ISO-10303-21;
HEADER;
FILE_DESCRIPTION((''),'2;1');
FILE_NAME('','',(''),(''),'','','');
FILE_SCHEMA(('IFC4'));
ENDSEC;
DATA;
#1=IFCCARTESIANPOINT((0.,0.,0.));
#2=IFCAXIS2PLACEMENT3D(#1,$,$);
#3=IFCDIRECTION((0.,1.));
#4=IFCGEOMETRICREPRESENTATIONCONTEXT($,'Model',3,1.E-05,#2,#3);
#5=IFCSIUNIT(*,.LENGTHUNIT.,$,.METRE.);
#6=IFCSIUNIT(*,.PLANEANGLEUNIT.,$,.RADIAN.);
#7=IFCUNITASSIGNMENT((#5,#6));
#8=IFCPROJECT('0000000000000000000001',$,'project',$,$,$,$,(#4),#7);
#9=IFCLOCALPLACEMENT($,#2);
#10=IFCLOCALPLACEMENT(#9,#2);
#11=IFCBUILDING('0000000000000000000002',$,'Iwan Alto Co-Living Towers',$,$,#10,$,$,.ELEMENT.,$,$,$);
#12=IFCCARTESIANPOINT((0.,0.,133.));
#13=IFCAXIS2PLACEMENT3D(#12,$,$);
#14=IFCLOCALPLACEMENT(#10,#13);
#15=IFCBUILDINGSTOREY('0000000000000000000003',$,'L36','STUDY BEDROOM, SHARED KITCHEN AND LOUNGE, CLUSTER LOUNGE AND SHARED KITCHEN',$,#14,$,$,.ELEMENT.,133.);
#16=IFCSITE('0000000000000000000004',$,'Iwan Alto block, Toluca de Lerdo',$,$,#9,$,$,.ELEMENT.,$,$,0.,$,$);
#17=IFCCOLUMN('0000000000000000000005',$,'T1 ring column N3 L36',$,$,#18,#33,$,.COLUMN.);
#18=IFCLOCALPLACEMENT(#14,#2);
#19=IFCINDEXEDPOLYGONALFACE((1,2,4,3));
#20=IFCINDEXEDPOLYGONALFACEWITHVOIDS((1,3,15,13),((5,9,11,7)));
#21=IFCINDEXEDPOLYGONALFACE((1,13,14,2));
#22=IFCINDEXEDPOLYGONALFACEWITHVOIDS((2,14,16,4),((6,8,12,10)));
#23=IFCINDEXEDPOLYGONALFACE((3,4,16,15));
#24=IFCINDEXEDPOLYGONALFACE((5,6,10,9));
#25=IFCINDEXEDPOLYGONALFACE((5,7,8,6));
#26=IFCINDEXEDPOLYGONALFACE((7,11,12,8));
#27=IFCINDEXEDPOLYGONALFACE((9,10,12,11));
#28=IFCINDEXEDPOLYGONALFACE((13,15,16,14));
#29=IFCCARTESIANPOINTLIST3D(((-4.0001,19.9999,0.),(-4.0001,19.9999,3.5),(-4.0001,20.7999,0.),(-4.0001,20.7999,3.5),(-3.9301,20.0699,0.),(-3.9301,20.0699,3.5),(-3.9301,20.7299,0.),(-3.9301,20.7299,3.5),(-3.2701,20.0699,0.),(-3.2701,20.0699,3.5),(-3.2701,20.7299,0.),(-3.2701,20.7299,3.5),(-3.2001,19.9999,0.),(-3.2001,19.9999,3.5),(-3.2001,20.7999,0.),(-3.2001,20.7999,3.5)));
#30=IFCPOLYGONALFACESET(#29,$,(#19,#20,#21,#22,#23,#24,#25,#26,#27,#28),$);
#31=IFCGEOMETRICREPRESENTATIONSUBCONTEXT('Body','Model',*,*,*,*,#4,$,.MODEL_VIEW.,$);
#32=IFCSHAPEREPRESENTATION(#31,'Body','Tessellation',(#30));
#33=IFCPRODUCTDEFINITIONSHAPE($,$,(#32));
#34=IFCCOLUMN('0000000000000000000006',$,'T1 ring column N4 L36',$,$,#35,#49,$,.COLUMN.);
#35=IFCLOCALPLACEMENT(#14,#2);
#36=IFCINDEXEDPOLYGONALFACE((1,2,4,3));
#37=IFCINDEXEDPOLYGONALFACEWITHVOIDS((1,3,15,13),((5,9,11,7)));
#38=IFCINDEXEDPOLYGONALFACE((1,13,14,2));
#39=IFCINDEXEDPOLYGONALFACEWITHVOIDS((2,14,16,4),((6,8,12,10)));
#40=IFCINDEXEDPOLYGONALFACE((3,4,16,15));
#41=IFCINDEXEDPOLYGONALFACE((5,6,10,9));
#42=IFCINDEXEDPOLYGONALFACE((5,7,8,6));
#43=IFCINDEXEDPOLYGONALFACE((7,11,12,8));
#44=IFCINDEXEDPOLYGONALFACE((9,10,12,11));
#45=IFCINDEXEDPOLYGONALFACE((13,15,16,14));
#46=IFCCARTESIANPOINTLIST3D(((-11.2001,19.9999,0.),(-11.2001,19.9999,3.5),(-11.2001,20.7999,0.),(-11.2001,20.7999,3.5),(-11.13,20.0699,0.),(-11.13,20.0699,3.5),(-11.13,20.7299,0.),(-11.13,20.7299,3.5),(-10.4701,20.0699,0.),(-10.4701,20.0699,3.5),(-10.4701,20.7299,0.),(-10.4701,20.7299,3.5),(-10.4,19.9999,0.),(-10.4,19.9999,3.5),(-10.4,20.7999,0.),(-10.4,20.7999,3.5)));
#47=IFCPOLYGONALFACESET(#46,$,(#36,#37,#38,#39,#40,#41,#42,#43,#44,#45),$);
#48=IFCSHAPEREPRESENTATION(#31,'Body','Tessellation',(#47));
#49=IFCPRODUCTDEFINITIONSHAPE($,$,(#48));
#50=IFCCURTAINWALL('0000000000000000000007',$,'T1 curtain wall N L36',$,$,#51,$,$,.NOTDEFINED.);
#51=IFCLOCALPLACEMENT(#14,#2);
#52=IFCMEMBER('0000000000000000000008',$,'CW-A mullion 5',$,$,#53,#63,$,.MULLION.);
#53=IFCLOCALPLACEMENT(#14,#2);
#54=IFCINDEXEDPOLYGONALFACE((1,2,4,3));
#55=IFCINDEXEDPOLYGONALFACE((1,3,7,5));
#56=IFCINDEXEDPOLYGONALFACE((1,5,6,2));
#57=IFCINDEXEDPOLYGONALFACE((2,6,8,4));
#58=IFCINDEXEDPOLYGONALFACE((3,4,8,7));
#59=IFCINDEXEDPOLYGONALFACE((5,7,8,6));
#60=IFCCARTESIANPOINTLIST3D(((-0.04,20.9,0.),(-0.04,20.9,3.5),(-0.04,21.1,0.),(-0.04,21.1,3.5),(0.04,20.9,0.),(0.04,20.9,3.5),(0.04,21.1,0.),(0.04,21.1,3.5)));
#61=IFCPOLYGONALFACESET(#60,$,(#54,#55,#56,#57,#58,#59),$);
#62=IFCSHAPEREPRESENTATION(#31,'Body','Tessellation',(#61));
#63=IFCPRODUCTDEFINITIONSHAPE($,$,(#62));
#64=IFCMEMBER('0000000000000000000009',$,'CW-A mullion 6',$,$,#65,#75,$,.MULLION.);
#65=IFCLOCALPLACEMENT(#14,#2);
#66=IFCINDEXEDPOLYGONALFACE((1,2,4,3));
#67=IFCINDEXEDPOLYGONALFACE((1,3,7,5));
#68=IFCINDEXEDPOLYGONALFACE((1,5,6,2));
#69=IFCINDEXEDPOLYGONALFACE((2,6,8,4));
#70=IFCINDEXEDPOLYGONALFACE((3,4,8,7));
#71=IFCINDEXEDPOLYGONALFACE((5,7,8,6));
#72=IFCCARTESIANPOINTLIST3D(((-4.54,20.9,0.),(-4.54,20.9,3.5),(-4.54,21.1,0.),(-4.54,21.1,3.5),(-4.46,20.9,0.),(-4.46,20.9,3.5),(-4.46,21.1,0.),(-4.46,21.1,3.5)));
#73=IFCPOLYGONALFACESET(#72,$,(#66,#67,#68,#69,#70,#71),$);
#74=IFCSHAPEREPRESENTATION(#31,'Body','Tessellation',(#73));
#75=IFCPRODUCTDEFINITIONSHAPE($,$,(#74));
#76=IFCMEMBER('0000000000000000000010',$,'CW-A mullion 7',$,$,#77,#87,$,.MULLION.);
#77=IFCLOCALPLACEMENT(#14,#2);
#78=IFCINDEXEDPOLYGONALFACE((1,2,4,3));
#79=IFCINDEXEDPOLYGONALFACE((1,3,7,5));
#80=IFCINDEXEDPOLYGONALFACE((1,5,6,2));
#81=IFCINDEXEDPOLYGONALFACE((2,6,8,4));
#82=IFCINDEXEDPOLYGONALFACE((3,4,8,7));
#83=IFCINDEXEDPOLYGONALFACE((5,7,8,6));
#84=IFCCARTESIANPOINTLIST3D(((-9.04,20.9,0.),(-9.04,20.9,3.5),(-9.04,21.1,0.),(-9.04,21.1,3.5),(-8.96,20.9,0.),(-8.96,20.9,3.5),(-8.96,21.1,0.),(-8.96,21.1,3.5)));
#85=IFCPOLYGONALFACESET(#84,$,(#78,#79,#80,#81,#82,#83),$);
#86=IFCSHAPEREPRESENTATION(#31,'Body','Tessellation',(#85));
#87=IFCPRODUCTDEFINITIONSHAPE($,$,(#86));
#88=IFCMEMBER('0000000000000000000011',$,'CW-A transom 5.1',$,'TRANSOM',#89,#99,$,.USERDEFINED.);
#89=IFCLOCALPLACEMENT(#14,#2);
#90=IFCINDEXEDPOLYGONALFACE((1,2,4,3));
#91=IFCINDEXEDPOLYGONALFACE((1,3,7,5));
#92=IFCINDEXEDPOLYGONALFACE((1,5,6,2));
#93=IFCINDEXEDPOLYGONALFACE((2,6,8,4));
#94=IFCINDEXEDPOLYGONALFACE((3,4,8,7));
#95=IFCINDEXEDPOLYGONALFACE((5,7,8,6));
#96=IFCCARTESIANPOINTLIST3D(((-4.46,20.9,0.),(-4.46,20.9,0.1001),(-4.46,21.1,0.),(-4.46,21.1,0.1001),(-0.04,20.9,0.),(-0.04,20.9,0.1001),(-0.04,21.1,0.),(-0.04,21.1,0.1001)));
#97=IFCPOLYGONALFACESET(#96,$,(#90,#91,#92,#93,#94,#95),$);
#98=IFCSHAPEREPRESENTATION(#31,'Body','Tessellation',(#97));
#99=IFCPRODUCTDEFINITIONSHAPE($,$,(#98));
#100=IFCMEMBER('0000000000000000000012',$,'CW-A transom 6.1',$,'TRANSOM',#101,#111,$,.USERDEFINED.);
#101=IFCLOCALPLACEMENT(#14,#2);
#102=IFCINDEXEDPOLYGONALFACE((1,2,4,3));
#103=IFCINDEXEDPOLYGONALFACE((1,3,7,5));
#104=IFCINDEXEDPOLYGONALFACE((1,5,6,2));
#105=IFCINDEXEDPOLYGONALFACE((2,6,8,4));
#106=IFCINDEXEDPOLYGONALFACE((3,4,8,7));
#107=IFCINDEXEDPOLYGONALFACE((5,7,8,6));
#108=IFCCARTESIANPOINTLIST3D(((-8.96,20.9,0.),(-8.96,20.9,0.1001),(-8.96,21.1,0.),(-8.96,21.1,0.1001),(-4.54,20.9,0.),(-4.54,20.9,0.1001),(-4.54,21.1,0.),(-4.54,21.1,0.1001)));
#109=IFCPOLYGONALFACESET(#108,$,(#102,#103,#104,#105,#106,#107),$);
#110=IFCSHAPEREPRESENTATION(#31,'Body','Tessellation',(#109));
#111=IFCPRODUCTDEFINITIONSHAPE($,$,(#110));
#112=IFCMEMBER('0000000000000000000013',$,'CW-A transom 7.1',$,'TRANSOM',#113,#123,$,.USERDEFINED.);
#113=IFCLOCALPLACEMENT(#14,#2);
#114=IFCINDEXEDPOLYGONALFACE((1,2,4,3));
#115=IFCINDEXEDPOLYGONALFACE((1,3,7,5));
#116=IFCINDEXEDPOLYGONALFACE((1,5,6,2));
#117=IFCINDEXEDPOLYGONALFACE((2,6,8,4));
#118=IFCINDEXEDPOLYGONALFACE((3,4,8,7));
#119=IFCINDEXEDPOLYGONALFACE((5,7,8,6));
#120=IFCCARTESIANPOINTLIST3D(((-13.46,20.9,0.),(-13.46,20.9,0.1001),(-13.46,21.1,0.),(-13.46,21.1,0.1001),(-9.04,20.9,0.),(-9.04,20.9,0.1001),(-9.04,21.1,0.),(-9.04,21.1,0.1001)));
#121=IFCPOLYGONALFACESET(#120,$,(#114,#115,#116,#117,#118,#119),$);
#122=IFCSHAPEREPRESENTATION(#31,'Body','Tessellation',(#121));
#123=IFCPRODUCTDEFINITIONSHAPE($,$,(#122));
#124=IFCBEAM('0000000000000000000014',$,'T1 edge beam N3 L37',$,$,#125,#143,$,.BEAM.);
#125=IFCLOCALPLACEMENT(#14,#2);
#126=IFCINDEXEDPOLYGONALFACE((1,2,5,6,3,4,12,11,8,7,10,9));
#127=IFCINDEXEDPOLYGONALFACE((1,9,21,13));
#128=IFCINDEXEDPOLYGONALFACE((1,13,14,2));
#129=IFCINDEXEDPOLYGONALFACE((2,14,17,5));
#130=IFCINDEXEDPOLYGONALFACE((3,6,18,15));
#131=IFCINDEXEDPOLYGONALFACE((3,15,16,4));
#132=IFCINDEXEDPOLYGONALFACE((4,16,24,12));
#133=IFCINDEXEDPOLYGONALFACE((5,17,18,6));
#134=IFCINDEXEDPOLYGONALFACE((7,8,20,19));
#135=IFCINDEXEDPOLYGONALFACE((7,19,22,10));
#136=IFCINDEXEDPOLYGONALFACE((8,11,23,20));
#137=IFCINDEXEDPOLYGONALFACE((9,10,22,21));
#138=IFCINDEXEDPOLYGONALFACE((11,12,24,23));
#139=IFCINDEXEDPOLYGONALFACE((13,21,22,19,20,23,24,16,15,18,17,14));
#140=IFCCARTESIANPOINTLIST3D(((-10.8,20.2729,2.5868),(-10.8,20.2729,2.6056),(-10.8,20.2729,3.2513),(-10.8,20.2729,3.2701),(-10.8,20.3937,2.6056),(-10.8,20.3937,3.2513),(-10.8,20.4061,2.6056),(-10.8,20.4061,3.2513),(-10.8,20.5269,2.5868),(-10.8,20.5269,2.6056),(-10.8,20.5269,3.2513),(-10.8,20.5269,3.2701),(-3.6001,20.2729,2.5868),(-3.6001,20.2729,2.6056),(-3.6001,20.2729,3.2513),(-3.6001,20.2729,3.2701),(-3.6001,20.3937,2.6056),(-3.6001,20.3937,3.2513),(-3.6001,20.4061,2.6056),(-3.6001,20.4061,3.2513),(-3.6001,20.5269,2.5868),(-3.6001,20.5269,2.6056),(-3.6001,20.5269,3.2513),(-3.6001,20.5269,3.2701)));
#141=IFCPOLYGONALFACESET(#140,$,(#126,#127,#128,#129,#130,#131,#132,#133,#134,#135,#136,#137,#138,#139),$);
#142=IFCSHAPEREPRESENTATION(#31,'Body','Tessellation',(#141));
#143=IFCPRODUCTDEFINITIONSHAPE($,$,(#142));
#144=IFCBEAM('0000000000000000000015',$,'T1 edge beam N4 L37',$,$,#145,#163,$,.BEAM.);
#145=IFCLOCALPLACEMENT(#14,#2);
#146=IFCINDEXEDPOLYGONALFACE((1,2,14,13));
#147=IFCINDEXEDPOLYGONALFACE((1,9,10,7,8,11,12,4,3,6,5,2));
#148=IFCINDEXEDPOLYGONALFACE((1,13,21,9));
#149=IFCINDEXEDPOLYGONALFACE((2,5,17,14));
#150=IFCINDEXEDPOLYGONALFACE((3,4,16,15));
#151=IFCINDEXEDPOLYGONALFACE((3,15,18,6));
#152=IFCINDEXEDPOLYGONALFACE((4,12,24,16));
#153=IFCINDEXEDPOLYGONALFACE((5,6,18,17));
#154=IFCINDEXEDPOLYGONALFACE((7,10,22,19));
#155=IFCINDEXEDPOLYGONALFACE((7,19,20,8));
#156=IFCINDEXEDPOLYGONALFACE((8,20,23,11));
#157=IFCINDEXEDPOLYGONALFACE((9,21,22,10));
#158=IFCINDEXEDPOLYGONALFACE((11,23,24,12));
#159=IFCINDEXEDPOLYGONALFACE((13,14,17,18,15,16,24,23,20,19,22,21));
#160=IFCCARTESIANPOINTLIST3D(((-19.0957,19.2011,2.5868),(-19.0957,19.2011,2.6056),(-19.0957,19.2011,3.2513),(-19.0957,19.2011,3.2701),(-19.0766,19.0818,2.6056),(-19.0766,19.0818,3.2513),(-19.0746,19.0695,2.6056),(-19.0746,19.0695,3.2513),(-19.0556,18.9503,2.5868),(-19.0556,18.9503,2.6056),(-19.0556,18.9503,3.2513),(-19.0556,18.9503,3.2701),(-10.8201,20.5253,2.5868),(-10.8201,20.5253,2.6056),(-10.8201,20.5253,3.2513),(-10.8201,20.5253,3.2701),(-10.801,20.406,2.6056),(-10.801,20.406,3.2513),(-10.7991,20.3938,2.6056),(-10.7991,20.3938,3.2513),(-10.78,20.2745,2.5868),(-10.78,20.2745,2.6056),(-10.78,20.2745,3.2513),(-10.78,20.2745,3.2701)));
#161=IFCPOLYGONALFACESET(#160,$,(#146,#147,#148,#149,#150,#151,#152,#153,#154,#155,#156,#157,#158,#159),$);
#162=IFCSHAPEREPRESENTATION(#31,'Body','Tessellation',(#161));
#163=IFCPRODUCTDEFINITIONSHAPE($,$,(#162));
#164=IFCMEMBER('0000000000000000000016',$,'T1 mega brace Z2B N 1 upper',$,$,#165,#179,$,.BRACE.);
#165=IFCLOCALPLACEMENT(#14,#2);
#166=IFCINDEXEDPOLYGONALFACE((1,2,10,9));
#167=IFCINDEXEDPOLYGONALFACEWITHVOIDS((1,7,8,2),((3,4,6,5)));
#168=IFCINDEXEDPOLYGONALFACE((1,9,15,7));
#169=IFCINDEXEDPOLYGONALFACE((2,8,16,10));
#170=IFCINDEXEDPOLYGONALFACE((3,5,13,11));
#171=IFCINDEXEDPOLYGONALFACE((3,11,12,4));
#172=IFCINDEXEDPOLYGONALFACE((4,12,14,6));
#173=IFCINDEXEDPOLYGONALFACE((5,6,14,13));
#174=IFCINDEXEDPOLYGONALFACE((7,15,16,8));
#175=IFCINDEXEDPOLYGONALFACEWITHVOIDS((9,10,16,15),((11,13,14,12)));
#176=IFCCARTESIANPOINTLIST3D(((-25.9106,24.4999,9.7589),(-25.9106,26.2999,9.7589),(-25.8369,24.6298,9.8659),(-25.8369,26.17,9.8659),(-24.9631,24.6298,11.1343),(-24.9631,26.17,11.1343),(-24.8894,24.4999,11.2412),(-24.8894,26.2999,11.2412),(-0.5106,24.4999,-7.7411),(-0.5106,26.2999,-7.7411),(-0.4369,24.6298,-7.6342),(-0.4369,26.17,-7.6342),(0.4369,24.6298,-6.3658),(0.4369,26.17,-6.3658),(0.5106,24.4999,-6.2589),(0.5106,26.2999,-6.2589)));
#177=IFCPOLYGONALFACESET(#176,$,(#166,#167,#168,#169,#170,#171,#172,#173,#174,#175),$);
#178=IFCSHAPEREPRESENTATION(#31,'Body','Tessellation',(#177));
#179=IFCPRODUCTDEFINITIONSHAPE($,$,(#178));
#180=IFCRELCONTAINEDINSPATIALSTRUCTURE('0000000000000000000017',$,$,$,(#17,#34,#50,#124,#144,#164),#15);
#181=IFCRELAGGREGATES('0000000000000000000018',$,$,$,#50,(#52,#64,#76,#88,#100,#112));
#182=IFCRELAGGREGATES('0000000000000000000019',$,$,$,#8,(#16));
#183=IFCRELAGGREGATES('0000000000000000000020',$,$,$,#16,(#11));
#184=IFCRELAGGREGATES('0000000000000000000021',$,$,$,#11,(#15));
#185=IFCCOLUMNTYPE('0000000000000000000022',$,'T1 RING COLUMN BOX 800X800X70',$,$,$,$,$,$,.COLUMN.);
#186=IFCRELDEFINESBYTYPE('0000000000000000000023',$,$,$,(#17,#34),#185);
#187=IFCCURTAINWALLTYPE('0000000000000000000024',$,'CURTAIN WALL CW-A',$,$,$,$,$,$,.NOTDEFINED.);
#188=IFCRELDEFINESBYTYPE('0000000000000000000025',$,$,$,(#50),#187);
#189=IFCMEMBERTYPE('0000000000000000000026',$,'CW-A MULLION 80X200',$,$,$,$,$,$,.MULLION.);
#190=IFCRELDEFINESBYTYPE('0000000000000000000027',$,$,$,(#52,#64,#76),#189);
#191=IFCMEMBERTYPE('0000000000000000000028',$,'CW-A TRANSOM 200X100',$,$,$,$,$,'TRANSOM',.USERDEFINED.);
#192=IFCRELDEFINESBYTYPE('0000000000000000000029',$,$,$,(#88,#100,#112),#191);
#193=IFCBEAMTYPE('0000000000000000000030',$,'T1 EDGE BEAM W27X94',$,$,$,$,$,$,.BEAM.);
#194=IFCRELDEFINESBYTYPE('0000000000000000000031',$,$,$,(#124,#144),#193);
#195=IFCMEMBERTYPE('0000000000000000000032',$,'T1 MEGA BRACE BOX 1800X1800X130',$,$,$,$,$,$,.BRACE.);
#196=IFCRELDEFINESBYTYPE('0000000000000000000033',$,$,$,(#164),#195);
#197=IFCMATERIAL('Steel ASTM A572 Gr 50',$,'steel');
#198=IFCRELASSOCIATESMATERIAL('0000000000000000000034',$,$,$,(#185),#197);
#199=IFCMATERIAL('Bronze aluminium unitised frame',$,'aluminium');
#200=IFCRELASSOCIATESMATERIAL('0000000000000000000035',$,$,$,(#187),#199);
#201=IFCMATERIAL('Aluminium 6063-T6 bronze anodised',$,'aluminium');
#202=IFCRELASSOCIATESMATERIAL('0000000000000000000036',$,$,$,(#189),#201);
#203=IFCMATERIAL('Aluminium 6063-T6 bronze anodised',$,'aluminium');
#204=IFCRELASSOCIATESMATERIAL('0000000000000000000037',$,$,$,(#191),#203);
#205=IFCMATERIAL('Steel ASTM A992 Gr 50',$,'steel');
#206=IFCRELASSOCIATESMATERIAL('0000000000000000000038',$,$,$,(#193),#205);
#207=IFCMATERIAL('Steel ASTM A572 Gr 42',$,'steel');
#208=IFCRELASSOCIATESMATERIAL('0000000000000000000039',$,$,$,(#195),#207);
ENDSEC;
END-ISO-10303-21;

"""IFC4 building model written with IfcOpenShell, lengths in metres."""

from ifc_helpers import new_model, si_unit, direction, frame, origin, origin_2d, place, context, subcontext, project, spatial, rectangle, hollow_rectangle, i_section, extrude, material, material_profile, profile_set, type_object, element, aggregate, save


model = new_model("IFC4")

# Units and contexts
model_context = context("Model", 3, precision=1e-05, world=origin(), true_north=direction((0.0, 1.0)))
body_context = subcontext(model_context, "Body", "Model", "MODEL_VIEW")
ifc_project = project(units=[si_unit("LENGTHUNIT", "METRE"), si_unit("PLANEANGLEUNIT", "RADIAN")], contexts=[model_context])

# Site, building, storey
site_placement = place(None, origin())
site = spatial("IfcSite", under=ifc_project, at=site_placement, Name="Iwan Alto block, Toluca de Lerdo", CompositionType="ELEMENT", RefElevation=0.0)
building_placement = place(site_placement, origin())
building = spatial("IfcBuilding", under=site, at=building_placement, Name="Iwan Alto Co-Living Towers", CompositionType="ELEMENT")
storey_placement = place(building_placement, frame((0.0, 0.0, 133.0)))
storey = spatial("IfcBuildingStorey", under=building, at=storey_placement, Name="L36", Description="STUDY BEDROOM, SHARED KITCHEN AND LOUNGE, CLUSTER LOUNGE AND SHARED KITCHEN", CompositionType="ELEMENT", Elevation=133.0)

# Columns
ifc_material_1 = material(Name="Steel ASTM A572 Gr 50", Category="steel")
ifc_material_profile_1 = material_profile(ifc_material_1, hollow_rectangle(XDim=0.8, YDim=0.8, WallThickness=0.0701, at=origin_2d()), Name="BOX 800X800X70")
ifc_profile_set_1 = profile_set([ifc_material_profile_1], Name="Steel ASTM A572 Gr 50")
column_type = type_object("IfcColumnType", Name="T1 RING COLUMN BOX 800X800X70", PredefinedType="COLUMN", material=ifc_profile_set_1)
for number, where, z_axis, x_axis, name in (
    (1, (-3.6001, 20.3999, 0.0), (0.0, 0.0, 1.0), (1.0, 0.0, 0.0), "T1 ring column N3 L36"),
    (2, (-10.8, 20.3999, 0.0), (0.0, 0.0, 1.0), (1.0, 0.0, 0.0), "T1 ring column N4 L36"),
):
    element("IfcColumn", number, at=place(storey_placement, frame(where, z_axis=z_axis, x_axis=x_axis)), inside=storey, type_object=column_type, Name=name, PredefinedType="COLUMN", context=body_context, shape_type="SweptSolid", body=[
        extrude(hollow_rectangle(XDim=0.8, YDim=0.8, WallThickness=0.0701, at=origin_2d()), origin(), (0.0, 0.0, 1.0), 3.5),
    ])

# Curtain wall, members
ifc_material_2 = material(Name="Bronze aluminium unitised frame", Category="aluminium")
curtain_wall_type = type_object("IfcCurtainWallType", Name="CURTAIN WALL CW-A", PredefinedType="NOTDEFINED", material=ifc_material_2)
curtain_wall_placement = place(storey_placement, origin())
curtain_wall = element("IfcCurtainWall", 3, at=curtain_wall_placement, inside=storey, type_object=curtain_wall_type, Name="T1 curtain wall N L36", PredefinedType="NOTDEFINED")
ifc_material_3 = material(Name="Aluminium 6063-T6 bronze anodised", Category="aluminium")
ifc_material_profile_2 = material_profile(ifc_material_3, rectangle(XDim=0.2, YDim=0.0801, at=origin_2d()), Name="AL 80X200")
ifc_profile_set_2 = profile_set([ifc_material_profile_2], Name="Aluminium 6063-T6 bronze anodised")
member_type_1 = type_object("IfcMemberType", Name="CW-A MULLION 80X200", PredefinedType="MULLION", material=ifc_profile_set_2)
member_1_placement = place(storey_placement, frame((0.0, 21.0, 0.0), z_axis=(0.0, 0.0, 1.0), x_axis=(0.0, -1.0, 0.0)))
member_1 = element("IfcMember", 4, at=member_1_placement, type_object=member_type_1, Name="CW-A mullion 5", PredefinedType="MULLION", context=body_context, shape_type="SweptSolid", body=[
    extrude(rectangle(XDim=0.2, YDim=0.0801, at=origin_2d()), origin(), (0.0, 0.0, 1.0), 3.5),
])
member_2_placement = place(storey_placement, frame((-4.5, 21.0, 0.0), z_axis=(0.0, 0.0, 1.0), x_axis=(0.0, -1.0, 0.0)))
member_2 = element("IfcMember", 5, at=member_2_placement, type_object=member_type_1, Name="CW-A mullion 6", PredefinedType="MULLION", context=body_context, shape_type="SweptSolid", body=[
    extrude(rectangle(XDim=0.2, YDim=0.0801, at=origin_2d()), origin(), (0.0, 0.0, 1.0), 3.5),
])
member_3_placement = place(storey_placement, frame((-9.0, 21.0, 0.0), z_axis=(0.0, 0.0, 1.0), x_axis=(0.0, -1.0, 0.0)))
member_3 = element("IfcMember", 6, at=member_3_placement, type_object=member_type_1, Name="CW-A mullion 7", PredefinedType="MULLION", context=body_context, shape_type="SweptSolid", body=[
    extrude(rectangle(XDim=0.2, YDim=0.0801, at=origin_2d()), origin(), (0.0, 0.0, 1.0), 3.5),
])
ifc_material_4 = material(Name="Aluminium 6063-T6 bronze anodised", Category="aluminium")
ifc_material_profile_3 = material_profile(ifc_material_4, rectangle(XDim=0.2, YDim=0.1001, at=origin_2d()), Name="AL 200X100")
ifc_profile_set_3 = profile_set([ifc_material_profile_3], Name="Aluminium 6063-T6 bronze anodised")
member_type_2 = type_object("IfcMemberType", Name="CW-A TRANSOM 200X100", ElementType="TRANSOM", PredefinedType="USERDEFINED", material=ifc_profile_set_3)
member_4_placement = place(storey_placement, frame((-0.04, 21.0, 0.05), z_axis=(-1.0, 0.0, 0.0), x_axis=(0.0, -1.0, 0.0)))
member_4 = element("IfcMember", 7, at=member_4_placement, type_object=member_type_2, Name="CW-A transom 5.1", ObjectType="TRANSOM", PredefinedType="USERDEFINED", context=body_context, shape_type="SweptSolid", body=[
    extrude(rectangle(XDim=0.2, YDim=0.1001, at=origin_2d()), origin(), (0.0, 0.0, 1.0), 4.4199),
])
member_5_placement = place(storey_placement, frame((-4.54, 21.0, 0.05), z_axis=(-1.0, 0.0, 0.0), x_axis=(0.0, -1.0, 0.0)))
member_5 = element("IfcMember", 8, at=member_5_placement, type_object=member_type_2, Name="CW-A transom 6.1", ObjectType="TRANSOM", PredefinedType="USERDEFINED", context=body_context, shape_type="SweptSolid", body=[
    extrude(rectangle(XDim=0.2, YDim=0.1001, at=origin_2d()), origin(), (0.0, 0.0, 1.0), 4.4199),
])
member_6_placement = place(storey_placement, frame((-9.04, 21.0, 0.05), z_axis=(-1.0, 0.0, 0.0), x_axis=(0.0, -1.0, 0.0)))
member_6 = element("IfcMember", 9, at=member_6_placement, type_object=member_type_2, Name="CW-A transom 7.1", ObjectType="TRANSOM", PredefinedType="USERDEFINED", context=body_context, shape_type="SweptSolid", body=[
    extrude(rectangle(XDim=0.2, YDim=0.1001, at=origin_2d()), origin(), (0.0, 0.0, 1.0), 4.4199),
])

# Beams
ifc_material_5 = material(Name="Steel ASTM A992 Gr 50", Category="steel")
ifc_material_profile_4 = material_profile(ifc_material_5, i_section(OverallWidth=0.2539, OverallDepth=0.6833, WebThickness=0.0125, FlangeThickness=0.0188, at=origin_2d()), Name="W27X94")
ifc_profile_set_4 = profile_set([ifc_material_profile_4], Name="Steel ASTM A992 Gr 50")
beam_type_1 = type_object("IfcBeamType", Name="T1 EDGE BEAM W27X94", PredefinedType="BEAM", material=ifc_profile_set_4)
beam_1_placement = place(storey_placement, frame((-3.6001, 20.3999, 2.9285), z_axis=(-1.0, 0.0, 0.0), x_axis=(0.0, -1.0, 0.0)))
element("IfcBeam", 10, at=beam_1_placement, inside=storey, type_object=beam_type_1, Name="T1 edge beam N3 L37", PredefinedType="BEAM", context=body_context, shape_type="SweptSolid", body=[
    extrude(i_section(OverallWidth=0.2539, OverallDepth=0.6833, WebThickness=0.0125, FlangeThickness=0.0188, at=origin_2d()), origin(), (0.0, 0.0, 1.0), 7.2),
])
beam_2_placement = place(storey_placement, frame((-10.8, 20.3999, 2.9285), z_axis=(-0.987438, -0.158004, 0.0), x_axis=(0.158004, -0.987438, 0.0)))
element("IfcBeam", 11, at=beam_2_placement, inside=storey, type_object=beam_type_1, Name="T1 edge beam N4 L37", PredefinedType="BEAM", context=body_context, shape_type="SweptSolid", body=[
    extrude(i_section(OverallWidth=0.2539, OverallDepth=0.6833, WebThickness=0.0125, FlangeThickness=0.0188, at=origin_2d()), origin(), (0.0, 0.0, 1.0), 8.3809),
])

# Member
ifc_material_6 = material(Name="Steel ASTM A572 Gr 42", Category="steel")
ifc_material_profile_5 = material_profile(ifc_material_6, hollow_rectangle(XDim=1.8, YDim=1.8, WallThickness=0.1299, at=origin_2d()), Name="BOX 1800X1800X130")
ifc_profile_set_5 = profile_set([ifc_material_profile_5], Name="Steel ASTM A572 Gr 42")
member_type_3 = type_object("IfcMemberType", Name="T1 MEGA BRACE BOX 1800X1800X130", PredefinedType="BRACE", material=ifc_profile_set_5)
for number, where, z_axis, x_axis, name in (
    (12, (0.0, 25.3999, -7.0), (-0.823473, 0.0, 0.567356), (0.0, -1.0, 0.0), "T1 mega brace Z2B N 1 upper"),
):
    element("IfcMember", number, at=place(storey_placement, frame(where, z_axis=z_axis, x_axis=x_axis)), inside=storey, type_object=member_type_3, Name=name, PredefinedType="BRACE", context=body_context, shape_type="SweptSolid", body=[
        extrude(hollow_rectangle(XDim=1.8, YDim=1.8, WallThickness=0.1299, at=origin_2d()), origin(), (0.0, 0.0, 1.0), 30.845),
    ])

aggregate(curtain_wall, [member_1, member_2, member_3, member_4, member_5, member_6])

save(model, "model.ifc")
